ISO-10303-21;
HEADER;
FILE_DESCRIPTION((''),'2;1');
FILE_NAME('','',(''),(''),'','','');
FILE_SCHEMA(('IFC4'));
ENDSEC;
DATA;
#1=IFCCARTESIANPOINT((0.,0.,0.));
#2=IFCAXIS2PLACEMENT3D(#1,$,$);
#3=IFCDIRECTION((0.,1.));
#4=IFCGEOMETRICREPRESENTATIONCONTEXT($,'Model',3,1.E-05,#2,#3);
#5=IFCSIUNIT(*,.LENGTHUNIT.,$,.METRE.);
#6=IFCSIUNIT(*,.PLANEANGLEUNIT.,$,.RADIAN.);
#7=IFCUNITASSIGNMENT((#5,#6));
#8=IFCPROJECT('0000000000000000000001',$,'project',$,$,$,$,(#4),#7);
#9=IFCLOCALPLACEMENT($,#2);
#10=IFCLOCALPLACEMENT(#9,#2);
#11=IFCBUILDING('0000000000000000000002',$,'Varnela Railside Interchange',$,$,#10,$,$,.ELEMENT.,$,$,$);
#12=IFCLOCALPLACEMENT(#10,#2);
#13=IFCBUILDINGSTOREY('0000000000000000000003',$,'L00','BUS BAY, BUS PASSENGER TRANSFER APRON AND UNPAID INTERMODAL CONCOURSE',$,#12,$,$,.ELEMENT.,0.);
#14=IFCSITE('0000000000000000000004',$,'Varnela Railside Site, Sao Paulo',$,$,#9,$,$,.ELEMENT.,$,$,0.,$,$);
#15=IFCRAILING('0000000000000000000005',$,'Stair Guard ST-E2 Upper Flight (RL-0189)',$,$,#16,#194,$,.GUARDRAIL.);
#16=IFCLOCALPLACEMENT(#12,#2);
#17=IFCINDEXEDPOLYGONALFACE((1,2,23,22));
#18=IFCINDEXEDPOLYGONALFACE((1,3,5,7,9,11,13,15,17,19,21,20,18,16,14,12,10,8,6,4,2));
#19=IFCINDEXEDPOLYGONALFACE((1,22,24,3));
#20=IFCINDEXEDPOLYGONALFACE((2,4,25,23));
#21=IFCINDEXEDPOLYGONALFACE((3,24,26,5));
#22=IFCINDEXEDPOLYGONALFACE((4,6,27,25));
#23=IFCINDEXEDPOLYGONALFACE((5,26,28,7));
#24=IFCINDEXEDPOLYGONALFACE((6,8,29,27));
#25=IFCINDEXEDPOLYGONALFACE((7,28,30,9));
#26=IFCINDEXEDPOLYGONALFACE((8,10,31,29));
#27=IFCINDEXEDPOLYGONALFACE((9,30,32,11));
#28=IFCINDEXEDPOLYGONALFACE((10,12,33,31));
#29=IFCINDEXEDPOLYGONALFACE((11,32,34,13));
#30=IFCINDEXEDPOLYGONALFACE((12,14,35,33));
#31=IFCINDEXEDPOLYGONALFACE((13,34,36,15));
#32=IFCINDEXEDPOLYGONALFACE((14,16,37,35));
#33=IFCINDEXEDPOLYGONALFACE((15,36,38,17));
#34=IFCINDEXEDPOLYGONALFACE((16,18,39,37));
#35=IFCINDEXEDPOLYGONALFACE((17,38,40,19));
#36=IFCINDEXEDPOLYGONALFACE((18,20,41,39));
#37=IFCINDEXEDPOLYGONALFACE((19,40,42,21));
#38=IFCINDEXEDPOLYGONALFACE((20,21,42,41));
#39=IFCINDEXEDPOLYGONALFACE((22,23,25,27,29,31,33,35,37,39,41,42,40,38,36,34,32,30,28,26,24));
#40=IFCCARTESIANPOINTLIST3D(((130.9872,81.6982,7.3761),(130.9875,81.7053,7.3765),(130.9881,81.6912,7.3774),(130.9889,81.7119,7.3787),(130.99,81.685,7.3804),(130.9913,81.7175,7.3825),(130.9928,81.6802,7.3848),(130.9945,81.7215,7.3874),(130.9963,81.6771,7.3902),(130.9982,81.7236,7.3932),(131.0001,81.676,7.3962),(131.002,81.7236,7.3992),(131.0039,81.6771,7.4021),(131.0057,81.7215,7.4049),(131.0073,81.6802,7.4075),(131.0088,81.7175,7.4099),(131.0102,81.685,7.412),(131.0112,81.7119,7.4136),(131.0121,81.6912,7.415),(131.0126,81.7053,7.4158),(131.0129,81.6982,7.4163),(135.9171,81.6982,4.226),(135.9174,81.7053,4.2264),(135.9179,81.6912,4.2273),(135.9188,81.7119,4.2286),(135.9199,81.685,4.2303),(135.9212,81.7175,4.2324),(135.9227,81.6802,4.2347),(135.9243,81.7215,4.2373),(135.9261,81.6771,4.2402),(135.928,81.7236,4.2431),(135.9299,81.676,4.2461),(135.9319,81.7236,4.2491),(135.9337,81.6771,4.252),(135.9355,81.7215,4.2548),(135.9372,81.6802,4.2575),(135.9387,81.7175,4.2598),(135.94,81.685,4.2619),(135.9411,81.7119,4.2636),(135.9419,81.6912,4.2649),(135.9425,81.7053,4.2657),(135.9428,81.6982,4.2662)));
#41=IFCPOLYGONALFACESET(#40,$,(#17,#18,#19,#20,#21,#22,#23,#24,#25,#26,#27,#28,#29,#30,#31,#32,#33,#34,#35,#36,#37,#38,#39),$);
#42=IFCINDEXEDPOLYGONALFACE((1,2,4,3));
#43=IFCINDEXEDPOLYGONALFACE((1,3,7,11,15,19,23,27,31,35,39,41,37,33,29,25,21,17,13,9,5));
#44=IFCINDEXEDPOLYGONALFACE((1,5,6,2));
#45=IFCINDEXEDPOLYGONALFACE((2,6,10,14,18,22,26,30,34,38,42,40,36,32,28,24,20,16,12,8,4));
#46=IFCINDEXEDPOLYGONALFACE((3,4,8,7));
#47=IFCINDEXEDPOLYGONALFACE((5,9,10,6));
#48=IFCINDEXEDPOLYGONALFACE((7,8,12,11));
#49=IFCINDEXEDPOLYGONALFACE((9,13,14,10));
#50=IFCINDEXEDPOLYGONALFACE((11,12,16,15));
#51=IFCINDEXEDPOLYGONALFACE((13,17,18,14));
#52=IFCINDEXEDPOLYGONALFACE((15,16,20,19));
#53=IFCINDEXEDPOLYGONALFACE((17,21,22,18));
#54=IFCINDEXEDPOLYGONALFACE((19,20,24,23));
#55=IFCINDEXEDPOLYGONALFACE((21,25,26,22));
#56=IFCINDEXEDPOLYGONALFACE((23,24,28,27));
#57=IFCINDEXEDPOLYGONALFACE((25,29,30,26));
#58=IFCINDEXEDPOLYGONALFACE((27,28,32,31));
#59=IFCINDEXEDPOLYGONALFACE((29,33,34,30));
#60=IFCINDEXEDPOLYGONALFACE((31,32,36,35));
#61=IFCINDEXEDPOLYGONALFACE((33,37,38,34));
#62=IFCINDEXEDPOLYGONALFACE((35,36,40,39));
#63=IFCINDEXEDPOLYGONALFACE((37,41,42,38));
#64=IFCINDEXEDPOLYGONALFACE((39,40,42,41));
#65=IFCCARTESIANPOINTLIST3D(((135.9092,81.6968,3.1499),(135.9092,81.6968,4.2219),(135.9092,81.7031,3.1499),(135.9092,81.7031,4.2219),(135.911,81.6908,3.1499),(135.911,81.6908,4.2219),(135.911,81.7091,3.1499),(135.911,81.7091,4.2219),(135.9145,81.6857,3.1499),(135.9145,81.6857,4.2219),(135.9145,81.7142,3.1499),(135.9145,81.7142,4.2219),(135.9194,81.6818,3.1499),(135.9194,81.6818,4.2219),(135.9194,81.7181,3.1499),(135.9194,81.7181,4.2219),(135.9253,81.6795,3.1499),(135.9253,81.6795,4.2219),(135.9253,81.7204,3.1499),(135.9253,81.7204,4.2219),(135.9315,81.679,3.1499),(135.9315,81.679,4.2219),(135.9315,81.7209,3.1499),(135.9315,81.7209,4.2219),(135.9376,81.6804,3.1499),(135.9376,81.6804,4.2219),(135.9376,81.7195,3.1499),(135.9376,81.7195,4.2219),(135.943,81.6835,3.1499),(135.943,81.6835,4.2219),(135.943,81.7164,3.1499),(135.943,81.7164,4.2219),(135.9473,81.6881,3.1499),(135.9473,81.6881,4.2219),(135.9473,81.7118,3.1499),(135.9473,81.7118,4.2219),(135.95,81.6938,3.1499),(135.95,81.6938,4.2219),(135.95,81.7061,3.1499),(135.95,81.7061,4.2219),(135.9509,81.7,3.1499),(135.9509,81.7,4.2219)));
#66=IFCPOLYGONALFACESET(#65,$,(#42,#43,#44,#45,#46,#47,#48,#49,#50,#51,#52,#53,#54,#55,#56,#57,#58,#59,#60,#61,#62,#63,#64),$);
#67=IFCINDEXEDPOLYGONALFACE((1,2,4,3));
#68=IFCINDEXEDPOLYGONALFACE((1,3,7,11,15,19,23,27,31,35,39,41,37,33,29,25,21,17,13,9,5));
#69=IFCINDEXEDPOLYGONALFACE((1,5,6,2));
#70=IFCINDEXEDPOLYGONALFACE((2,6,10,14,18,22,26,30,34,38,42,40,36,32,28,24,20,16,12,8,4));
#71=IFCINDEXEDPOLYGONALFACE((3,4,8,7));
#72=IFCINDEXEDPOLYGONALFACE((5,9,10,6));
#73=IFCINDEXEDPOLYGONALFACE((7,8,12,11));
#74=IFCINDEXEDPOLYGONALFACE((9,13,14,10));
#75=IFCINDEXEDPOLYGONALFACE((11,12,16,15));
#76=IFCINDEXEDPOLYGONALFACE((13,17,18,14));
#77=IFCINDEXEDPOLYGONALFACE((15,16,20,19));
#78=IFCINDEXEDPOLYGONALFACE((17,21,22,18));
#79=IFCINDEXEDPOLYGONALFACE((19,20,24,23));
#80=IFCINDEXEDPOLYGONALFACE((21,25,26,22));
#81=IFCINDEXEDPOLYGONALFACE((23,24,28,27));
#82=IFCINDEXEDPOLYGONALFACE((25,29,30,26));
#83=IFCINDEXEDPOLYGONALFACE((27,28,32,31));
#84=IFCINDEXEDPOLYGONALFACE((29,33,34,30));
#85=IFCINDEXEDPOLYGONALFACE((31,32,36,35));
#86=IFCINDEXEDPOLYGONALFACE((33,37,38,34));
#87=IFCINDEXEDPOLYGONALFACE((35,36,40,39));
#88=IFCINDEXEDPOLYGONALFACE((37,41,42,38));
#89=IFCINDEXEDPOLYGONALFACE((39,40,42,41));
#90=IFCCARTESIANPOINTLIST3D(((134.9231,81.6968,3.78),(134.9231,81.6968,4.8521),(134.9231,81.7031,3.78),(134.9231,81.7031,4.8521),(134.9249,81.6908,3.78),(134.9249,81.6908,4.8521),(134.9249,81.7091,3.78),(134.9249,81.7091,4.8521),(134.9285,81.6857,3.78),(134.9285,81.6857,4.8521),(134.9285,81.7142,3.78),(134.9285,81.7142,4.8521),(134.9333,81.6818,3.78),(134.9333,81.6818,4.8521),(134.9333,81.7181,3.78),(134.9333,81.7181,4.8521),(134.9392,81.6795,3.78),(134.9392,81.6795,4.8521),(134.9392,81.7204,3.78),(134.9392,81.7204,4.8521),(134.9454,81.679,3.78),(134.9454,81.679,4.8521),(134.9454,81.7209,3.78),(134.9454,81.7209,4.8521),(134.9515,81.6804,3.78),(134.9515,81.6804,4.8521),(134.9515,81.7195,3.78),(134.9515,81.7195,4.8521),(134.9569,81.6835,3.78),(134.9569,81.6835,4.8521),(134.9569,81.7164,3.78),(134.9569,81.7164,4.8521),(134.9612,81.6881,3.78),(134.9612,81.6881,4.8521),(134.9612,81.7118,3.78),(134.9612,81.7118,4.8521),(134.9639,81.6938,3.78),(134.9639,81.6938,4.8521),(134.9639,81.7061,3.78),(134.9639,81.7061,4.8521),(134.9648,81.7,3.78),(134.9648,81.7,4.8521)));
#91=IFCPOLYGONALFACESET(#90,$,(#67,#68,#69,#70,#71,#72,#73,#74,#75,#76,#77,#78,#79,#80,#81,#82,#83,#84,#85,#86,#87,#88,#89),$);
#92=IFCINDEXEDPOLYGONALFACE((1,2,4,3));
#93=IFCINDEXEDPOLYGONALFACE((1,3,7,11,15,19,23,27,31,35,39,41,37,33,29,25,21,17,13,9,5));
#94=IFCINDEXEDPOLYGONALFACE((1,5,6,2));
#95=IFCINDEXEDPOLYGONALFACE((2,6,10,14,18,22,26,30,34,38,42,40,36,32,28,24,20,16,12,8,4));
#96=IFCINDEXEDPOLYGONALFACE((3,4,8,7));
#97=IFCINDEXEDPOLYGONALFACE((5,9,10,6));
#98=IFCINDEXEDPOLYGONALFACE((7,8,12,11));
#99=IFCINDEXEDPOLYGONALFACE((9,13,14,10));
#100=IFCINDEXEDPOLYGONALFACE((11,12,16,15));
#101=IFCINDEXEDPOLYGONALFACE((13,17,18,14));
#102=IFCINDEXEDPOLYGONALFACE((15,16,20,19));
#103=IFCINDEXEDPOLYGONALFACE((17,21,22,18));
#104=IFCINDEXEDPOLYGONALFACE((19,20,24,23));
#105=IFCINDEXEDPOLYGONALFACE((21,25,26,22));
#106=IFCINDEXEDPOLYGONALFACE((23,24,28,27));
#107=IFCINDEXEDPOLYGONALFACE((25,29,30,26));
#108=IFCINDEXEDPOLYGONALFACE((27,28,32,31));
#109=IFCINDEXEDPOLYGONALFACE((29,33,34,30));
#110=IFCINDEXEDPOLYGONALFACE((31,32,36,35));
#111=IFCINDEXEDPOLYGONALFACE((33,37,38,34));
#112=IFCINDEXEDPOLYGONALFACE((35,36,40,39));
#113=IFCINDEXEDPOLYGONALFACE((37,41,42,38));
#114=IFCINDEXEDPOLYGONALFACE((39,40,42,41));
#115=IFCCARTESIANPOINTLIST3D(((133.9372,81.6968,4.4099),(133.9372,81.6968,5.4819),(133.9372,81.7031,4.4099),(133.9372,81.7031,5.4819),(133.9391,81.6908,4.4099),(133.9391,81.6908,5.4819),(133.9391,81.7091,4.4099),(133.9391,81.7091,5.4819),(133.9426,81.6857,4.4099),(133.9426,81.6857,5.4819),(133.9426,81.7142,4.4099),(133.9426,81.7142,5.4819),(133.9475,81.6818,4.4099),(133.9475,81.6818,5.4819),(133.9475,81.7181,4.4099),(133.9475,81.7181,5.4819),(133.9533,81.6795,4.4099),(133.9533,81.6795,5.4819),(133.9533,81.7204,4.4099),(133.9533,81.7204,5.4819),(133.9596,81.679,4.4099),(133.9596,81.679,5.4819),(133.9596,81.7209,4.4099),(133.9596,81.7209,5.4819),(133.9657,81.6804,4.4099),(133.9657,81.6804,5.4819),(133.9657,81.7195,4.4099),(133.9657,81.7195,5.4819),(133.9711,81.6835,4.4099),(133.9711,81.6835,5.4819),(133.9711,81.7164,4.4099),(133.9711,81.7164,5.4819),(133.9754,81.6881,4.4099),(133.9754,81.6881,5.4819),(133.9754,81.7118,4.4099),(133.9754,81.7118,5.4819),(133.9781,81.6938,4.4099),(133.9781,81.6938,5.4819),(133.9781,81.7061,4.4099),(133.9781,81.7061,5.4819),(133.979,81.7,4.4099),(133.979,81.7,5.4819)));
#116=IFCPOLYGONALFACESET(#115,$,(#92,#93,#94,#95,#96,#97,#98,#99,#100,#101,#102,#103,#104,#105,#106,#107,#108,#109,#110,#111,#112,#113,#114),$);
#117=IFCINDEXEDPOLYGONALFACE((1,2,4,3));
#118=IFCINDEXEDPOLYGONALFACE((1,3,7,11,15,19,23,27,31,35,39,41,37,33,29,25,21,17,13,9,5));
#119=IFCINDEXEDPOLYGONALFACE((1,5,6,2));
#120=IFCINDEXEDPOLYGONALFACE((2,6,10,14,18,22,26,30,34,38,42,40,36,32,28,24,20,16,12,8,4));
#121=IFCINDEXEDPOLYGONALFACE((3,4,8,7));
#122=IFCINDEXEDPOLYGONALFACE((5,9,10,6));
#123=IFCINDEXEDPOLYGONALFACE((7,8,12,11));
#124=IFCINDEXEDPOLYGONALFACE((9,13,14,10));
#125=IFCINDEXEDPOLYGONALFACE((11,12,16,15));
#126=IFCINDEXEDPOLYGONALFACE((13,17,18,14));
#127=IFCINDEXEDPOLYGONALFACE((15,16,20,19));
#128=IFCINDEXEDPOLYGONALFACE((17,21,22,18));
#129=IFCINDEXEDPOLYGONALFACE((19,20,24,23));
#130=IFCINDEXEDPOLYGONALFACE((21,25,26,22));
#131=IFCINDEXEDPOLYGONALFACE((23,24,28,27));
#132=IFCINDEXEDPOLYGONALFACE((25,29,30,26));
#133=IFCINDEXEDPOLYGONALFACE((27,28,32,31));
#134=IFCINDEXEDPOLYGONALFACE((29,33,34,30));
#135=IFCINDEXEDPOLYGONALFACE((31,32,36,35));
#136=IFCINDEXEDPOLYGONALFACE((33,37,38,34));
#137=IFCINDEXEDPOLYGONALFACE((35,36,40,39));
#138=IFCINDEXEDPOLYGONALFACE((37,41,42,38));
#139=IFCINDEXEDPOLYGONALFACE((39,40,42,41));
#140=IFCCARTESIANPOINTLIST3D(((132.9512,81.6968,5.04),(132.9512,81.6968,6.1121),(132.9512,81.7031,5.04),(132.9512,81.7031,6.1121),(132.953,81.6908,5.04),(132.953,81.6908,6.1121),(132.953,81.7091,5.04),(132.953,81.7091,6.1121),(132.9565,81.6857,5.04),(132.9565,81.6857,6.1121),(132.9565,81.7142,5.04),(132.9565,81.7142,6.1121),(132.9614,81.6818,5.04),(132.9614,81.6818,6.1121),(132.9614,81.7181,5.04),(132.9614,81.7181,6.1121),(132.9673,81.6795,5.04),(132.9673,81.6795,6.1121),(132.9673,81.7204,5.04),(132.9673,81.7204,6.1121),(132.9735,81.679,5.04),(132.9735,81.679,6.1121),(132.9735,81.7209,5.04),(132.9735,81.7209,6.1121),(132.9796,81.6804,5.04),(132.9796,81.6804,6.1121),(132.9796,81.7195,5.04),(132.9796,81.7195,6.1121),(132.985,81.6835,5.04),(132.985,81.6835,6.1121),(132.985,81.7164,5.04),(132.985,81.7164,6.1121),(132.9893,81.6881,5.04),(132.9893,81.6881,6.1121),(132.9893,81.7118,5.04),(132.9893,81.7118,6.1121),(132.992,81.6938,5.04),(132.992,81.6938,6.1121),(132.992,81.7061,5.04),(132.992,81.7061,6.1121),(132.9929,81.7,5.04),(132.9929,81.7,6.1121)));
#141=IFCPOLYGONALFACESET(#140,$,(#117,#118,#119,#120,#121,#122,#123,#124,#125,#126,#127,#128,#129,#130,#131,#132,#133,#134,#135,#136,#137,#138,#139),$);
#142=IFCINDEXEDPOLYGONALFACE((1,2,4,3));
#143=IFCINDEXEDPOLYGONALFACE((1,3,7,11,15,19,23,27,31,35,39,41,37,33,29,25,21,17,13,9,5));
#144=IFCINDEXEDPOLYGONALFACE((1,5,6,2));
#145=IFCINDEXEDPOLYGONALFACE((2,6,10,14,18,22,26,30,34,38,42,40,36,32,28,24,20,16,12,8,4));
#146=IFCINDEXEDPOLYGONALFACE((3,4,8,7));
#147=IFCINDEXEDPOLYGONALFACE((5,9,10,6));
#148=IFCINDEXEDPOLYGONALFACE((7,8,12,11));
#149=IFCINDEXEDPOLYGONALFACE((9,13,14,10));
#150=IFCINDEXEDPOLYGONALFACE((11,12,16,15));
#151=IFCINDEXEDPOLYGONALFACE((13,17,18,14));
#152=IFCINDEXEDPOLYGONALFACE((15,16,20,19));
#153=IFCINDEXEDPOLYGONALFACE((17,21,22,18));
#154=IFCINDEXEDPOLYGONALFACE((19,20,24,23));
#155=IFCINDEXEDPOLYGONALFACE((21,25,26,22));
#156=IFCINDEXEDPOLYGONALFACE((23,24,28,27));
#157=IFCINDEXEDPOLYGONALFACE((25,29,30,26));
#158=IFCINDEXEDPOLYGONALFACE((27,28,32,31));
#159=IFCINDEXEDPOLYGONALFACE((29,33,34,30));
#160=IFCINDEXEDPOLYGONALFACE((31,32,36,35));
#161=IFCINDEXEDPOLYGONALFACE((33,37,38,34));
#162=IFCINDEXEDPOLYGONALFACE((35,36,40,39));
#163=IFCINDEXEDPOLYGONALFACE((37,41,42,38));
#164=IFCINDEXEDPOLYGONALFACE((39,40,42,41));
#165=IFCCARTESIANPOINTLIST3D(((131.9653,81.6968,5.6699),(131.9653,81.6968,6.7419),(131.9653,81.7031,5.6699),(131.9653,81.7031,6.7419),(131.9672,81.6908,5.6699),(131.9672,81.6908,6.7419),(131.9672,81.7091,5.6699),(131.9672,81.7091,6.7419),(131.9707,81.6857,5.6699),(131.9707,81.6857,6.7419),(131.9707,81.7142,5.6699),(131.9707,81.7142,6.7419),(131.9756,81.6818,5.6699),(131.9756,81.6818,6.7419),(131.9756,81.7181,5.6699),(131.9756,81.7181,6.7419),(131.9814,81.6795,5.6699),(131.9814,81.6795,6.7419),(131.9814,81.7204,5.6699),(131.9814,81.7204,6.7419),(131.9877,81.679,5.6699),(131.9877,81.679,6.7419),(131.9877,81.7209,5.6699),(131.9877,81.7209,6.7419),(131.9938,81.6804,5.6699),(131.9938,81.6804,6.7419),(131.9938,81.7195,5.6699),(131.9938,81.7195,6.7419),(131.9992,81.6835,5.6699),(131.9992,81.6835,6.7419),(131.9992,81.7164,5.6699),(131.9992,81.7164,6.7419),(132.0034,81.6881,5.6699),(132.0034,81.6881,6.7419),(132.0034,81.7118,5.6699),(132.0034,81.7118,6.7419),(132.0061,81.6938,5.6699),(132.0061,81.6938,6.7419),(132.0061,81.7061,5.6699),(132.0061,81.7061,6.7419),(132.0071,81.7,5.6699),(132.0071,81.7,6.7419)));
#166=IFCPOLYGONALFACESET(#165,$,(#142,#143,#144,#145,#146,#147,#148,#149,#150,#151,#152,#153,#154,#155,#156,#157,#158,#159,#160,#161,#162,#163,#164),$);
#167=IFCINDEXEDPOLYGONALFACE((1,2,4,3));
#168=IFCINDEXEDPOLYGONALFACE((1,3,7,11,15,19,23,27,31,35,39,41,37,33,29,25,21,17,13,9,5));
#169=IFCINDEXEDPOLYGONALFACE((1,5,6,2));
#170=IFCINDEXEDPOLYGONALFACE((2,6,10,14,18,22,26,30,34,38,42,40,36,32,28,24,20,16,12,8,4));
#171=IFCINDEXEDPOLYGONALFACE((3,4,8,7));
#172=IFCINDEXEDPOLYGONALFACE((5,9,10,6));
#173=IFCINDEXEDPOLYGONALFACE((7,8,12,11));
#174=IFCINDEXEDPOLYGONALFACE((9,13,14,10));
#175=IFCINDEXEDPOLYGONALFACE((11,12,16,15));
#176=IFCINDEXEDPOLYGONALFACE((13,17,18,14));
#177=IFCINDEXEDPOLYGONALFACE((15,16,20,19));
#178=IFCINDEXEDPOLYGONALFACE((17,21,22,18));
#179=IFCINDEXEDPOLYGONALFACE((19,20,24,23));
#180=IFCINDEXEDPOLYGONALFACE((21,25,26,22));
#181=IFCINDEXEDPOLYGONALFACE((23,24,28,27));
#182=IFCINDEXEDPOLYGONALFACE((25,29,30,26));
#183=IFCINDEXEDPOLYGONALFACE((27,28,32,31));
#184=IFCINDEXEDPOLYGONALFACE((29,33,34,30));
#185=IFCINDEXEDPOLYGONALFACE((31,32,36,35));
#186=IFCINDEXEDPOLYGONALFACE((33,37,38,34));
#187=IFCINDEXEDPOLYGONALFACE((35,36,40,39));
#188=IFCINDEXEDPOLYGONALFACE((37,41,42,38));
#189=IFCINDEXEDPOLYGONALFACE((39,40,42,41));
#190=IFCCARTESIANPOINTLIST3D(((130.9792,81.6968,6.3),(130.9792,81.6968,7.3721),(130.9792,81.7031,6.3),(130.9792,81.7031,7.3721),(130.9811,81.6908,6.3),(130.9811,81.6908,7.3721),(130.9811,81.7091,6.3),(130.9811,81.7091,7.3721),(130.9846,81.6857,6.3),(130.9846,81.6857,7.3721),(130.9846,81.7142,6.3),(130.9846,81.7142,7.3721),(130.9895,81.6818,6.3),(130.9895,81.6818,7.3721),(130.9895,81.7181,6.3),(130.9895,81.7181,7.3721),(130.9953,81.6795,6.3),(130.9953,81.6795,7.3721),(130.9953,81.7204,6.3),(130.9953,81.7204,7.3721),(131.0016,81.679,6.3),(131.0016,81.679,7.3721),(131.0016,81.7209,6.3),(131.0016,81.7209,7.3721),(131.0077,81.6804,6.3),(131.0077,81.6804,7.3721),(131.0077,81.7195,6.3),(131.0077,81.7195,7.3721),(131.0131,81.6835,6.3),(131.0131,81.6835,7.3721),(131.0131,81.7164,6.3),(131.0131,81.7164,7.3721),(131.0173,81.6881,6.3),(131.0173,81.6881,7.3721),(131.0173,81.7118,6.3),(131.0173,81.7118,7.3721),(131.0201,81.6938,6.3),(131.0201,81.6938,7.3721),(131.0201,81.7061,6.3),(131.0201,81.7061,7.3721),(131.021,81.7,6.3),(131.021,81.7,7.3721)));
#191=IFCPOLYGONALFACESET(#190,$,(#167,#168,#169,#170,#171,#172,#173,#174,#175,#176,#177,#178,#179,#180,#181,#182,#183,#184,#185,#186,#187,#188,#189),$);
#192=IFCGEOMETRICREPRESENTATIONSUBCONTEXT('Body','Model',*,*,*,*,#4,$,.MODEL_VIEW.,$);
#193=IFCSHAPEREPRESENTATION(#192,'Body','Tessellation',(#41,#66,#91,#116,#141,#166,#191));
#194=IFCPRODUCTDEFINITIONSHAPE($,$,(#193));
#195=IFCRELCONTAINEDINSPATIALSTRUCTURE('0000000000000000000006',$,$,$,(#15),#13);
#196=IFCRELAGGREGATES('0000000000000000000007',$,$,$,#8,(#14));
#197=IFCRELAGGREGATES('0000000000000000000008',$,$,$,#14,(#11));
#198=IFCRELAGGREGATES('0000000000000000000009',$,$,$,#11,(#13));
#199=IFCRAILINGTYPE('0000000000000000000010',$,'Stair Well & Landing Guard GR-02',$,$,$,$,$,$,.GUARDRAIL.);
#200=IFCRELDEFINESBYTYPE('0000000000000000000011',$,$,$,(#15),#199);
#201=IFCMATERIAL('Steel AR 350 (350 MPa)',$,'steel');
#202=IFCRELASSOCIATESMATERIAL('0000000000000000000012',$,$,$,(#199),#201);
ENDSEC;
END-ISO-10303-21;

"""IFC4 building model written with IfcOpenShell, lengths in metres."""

from ifc_helpers import new_model, si_unit, direction, frame, origin, origin_2d, place, context, subcontext, project, spatial, circle, extrude, material, type_object, element, save


model = new_model("IFC4")

# Units and contexts
model_context = context("Model", 3, precision=1e-05, world=origin(), true_north=direction((0.0, 1.0)))
body_context = subcontext(model_context, "Body", "Model", "MODEL_VIEW")
ifc_project = project(units=[si_unit("LENGTHUNIT", "METRE"), si_unit("PLANEANGLEUNIT", "RADIAN")], contexts=[model_context])

# Site, building, storey
site_placement = place(None, origin())
site = spatial("IfcSite", under=ifc_project, at=site_placement, Name="Varnela Railside Site, Sao Paulo", CompositionType="ELEMENT", RefElevation=0.0)
building_placement = place(site_placement, origin())
building = spatial("IfcBuilding", under=site, at=building_placement, Name="Varnela Railside Interchange", CompositionType="ELEMENT")
storey_placement = place(building_placement, origin())
storey = spatial("IfcBuildingStorey", under=building, at=storey_placement, Name="L00", Description="BUS BAY, BUS PASSENGER TRANSFER APRON AND UNPAID INTERMODAL CONCOURSE", CompositionType="ELEMENT", Elevation=0.0)

# Shared definitions
ifc_material_1 = material(Name="Steel AR 350 (350 MPa)", Category="steel")

# Railing
railing_type_1 = type_object("IfcRailingType", Name="Stair Well & Landing Guard GR-02", PredefinedType="GUARDRAIL", material=ifc_material_1)
railing_1_placement = place(storey_placement, frame((135.9299, 81.7, 3.1499)))
element("IfcRailing", 1, at=railing_1_placement, inside=storey, type_object=railing_type_1, Name="Stair Guard ST-E2 Upper Flight (RL-0189)", PredefinedType="GUARDRAIL", context=body_context, shape_type="SweptSolid", body=[
    extrude(circle(Radius=0.0239, at=origin_2d()), frame((0.0, 0.0, 1.0962), z_axis=(-0.84266, 0.0, 0.538446), x_axis=(0.0, -1.0, 0.0)), (0.0, 0.0, 1.0), 5.8503),
    extrude(circle(Radius=0.021, at=origin_2d()), origin(), (0.0, 0.0, 1.0), 1.072),
    extrude(circle(Radius=0.021, at=origin_2d()), frame((-0.9861, 0.0, 0.6301)), (0.0, 0.0, 1.0), 1.072),
    extrude(circle(Radius=0.021, at=origin_2d()), frame((-1.9719, 0.0, 1.26)), (0.0, 0.0, 1.0), 1.072),
    extrude(circle(Radius=0.021, at=origin_2d()), frame((-2.958, 0.0, 1.8901)), (0.0, 0.0, 1.0), 1.072),
    extrude(circle(Radius=0.021, at=origin_2d()), frame((-3.9438, 0.0, 2.52)), (0.0, 0.0, 1.0), 1.072),
    extrude(circle(Radius=0.021, at=origin_2d()), frame((-4.9299, 0.0, 3.1501)), (0.0, 0.0, 1.0), 1.072),
])

save(model, "model.ifc")
